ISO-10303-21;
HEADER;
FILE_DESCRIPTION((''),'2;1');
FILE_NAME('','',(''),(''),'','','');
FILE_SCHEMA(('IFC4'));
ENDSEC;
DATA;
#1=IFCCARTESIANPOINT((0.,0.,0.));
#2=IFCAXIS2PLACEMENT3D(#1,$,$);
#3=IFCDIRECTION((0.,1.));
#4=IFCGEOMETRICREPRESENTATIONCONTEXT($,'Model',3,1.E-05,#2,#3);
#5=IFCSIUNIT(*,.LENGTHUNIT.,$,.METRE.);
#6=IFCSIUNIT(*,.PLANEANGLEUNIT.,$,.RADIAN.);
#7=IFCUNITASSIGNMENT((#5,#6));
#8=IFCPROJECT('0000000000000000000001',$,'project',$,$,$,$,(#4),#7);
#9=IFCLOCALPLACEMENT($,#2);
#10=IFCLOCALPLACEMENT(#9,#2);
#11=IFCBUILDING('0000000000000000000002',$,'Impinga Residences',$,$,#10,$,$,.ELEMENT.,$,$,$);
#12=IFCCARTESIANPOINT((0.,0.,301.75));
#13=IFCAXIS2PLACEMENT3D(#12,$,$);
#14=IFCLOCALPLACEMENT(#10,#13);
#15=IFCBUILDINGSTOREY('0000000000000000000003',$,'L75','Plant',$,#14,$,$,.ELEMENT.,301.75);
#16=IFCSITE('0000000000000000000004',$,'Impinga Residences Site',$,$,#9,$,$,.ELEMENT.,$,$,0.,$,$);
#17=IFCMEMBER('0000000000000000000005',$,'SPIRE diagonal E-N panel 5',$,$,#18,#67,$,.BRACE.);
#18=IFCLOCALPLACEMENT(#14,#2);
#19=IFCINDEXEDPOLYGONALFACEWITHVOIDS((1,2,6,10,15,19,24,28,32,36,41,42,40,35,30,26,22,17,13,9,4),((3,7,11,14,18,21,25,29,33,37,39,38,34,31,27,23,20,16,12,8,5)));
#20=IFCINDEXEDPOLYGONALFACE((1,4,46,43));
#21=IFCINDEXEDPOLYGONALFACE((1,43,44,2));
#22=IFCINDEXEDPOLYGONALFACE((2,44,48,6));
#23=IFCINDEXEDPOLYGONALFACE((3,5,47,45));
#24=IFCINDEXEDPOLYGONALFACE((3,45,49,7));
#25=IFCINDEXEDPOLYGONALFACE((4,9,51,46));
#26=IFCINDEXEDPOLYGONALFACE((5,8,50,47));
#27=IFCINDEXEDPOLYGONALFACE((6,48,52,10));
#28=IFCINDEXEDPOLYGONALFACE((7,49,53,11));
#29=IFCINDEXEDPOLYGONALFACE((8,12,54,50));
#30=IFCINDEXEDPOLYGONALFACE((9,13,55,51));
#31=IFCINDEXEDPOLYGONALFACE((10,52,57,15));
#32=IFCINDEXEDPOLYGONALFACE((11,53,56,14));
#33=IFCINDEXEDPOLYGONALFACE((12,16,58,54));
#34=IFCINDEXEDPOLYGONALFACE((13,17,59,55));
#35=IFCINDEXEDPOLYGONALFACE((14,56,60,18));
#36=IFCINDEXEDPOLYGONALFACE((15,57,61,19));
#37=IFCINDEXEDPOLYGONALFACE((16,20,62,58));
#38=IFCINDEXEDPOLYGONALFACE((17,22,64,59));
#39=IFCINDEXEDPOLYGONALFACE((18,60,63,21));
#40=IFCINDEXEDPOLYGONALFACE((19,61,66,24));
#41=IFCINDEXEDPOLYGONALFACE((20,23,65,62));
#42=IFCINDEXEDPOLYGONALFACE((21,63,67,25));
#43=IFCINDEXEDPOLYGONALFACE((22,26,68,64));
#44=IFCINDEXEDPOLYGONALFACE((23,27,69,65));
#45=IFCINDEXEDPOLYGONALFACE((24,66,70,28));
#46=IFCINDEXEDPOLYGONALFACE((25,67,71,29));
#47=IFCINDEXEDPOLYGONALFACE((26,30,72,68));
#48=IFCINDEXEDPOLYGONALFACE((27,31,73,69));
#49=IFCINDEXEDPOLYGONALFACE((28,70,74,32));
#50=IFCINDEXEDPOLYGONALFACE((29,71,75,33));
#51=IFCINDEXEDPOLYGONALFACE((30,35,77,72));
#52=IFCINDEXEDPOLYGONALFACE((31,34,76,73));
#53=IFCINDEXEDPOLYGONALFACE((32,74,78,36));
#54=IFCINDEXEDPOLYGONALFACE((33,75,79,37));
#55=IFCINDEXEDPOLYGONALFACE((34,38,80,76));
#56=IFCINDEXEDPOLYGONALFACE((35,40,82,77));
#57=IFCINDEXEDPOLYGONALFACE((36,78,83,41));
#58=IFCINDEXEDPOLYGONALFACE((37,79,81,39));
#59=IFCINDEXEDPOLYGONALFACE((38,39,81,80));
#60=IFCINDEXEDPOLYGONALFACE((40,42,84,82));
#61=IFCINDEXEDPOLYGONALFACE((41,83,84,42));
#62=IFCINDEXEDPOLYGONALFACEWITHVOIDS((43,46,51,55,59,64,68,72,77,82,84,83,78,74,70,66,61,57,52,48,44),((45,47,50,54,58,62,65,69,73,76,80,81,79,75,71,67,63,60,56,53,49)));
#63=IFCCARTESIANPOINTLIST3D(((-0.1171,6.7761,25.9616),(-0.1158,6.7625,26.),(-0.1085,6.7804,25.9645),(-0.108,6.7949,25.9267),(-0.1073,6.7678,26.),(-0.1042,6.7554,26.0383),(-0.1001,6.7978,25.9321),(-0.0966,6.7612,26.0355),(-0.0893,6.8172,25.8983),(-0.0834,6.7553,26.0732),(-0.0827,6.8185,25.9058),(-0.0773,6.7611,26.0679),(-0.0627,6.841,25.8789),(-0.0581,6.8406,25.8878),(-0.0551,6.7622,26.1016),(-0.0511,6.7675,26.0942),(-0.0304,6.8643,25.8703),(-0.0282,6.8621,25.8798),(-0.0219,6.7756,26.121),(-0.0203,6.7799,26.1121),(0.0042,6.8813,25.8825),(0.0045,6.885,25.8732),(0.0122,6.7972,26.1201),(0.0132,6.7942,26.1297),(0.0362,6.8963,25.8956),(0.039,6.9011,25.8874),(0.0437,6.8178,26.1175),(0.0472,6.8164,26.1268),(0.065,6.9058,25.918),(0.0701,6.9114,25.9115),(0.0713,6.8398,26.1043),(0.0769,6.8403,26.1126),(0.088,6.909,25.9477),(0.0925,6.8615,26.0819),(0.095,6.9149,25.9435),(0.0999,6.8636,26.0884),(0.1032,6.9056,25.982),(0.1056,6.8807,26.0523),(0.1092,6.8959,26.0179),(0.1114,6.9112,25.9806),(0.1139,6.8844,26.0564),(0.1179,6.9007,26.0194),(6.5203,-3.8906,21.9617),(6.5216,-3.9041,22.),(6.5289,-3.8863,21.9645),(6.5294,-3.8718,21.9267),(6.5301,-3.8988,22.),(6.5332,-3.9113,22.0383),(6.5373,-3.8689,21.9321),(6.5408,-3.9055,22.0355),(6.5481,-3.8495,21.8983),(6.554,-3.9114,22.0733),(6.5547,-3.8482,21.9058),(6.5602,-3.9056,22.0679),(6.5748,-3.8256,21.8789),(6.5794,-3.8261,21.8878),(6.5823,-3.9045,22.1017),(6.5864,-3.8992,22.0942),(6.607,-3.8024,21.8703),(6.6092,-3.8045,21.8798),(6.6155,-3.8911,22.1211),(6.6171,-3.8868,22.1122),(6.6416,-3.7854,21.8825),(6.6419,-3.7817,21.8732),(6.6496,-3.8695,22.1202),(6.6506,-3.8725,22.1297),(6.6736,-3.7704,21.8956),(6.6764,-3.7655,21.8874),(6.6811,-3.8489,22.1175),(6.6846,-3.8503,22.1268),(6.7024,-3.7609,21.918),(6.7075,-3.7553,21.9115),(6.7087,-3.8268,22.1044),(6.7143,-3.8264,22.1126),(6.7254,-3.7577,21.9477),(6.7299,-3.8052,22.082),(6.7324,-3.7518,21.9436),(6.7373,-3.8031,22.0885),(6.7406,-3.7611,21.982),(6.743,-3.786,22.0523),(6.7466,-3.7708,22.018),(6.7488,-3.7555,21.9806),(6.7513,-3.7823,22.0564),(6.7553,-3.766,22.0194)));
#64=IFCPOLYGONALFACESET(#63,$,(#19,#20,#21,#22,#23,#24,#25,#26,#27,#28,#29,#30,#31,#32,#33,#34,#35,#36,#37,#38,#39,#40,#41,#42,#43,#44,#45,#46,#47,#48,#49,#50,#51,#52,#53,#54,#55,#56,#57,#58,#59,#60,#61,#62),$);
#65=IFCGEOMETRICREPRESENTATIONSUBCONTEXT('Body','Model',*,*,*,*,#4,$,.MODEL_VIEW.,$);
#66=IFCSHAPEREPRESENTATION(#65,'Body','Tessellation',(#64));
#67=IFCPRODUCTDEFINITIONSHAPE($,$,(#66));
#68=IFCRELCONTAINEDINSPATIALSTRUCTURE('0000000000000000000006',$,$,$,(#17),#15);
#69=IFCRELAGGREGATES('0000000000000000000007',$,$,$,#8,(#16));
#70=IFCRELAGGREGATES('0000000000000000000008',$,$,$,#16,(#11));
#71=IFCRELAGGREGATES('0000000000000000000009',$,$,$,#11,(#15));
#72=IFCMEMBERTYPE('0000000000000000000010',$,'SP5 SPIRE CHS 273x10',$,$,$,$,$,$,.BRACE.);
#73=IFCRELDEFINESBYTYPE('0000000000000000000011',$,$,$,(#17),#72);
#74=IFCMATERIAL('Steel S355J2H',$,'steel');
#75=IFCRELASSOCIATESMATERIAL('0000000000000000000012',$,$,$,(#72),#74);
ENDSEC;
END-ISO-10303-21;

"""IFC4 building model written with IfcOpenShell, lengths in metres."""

from ifc_helpers import new_model, si_unit, direction, frame, origin, origin_2d, place, context, subcontext, project, spatial, hollow_circle, extrude, material, material_profile, profile_set, type_object, element, save


model = new_model("IFC4")

# Units and contexts
model_context = context("Model", 3, precision=1e-05, world=origin(), true_north=direction((0.0, 1.0)))
body_context = subcontext(model_context, "Body", "Model", "MODEL_VIEW")
ifc_project = project(units=[si_unit("LENGTHUNIT", "METRE"), si_unit("PLANEANGLEUNIT", "RADIAN")], contexts=[model_context])

# Site, building, storey
site_placement = place(None, origin())
site = spatial("IfcSite", under=ifc_project, at=site_placement, Name="Impinga Residences Site", CompositionType="ELEMENT", RefElevation=0.0)
building_placement = place(site_placement, origin())
building = spatial("IfcBuilding", under=site, at=building_placement, Name="Impinga Residences", CompositionType="ELEMENT")
storey_placement = place(building_placement, frame((0.0, 0.0, 301.75)))
storey = spatial("IfcBuildingStorey", under=building, at=storey_placement, Name="L75", Description="Plant", CompositionType="ELEMENT", Elevation=301.75)

# Member
ifc_material = material(Name="Steel S355J2H", Category="steel")
ifc_material_profile_1 = material_profile(ifc_material, hollow_circle(Radius=0.1365, WallThickness=0.01, at=origin_2d()), Name="CHS 273x10")
ifc_profile_set_1 = profile_set([ifc_material_profile_1], Name="Steel S355J2H")
member_type_1 = type_object("IfcMemberType", Name="SP5 SPIRE CHS 273x10", PredefinedType="BRACE", material=ifc_profile_set_1)
member_1_placement = place(storey_placement, frame((6.6375, -3.832, 22.0), z_axis=(-0.503422, 0.809027, 0.303383), x_axis=(-0.849044, -0.528323, 0.0)))
element("IfcMember", 1, at=member_1_placement, inside=storey, type_object=member_type_1, Name="SPIRE diagonal E-N panel 5", PredefinedType="BRACE", context=body_context, shape_type="SweptSolid", body=[
    extrude(hollow_circle(Radius=0.1365, WallThickness=0.01, at=origin_2d()), origin(), (0.0, 0.0, 1.0), 13.1846),
])

save(model, "model.ifc")
